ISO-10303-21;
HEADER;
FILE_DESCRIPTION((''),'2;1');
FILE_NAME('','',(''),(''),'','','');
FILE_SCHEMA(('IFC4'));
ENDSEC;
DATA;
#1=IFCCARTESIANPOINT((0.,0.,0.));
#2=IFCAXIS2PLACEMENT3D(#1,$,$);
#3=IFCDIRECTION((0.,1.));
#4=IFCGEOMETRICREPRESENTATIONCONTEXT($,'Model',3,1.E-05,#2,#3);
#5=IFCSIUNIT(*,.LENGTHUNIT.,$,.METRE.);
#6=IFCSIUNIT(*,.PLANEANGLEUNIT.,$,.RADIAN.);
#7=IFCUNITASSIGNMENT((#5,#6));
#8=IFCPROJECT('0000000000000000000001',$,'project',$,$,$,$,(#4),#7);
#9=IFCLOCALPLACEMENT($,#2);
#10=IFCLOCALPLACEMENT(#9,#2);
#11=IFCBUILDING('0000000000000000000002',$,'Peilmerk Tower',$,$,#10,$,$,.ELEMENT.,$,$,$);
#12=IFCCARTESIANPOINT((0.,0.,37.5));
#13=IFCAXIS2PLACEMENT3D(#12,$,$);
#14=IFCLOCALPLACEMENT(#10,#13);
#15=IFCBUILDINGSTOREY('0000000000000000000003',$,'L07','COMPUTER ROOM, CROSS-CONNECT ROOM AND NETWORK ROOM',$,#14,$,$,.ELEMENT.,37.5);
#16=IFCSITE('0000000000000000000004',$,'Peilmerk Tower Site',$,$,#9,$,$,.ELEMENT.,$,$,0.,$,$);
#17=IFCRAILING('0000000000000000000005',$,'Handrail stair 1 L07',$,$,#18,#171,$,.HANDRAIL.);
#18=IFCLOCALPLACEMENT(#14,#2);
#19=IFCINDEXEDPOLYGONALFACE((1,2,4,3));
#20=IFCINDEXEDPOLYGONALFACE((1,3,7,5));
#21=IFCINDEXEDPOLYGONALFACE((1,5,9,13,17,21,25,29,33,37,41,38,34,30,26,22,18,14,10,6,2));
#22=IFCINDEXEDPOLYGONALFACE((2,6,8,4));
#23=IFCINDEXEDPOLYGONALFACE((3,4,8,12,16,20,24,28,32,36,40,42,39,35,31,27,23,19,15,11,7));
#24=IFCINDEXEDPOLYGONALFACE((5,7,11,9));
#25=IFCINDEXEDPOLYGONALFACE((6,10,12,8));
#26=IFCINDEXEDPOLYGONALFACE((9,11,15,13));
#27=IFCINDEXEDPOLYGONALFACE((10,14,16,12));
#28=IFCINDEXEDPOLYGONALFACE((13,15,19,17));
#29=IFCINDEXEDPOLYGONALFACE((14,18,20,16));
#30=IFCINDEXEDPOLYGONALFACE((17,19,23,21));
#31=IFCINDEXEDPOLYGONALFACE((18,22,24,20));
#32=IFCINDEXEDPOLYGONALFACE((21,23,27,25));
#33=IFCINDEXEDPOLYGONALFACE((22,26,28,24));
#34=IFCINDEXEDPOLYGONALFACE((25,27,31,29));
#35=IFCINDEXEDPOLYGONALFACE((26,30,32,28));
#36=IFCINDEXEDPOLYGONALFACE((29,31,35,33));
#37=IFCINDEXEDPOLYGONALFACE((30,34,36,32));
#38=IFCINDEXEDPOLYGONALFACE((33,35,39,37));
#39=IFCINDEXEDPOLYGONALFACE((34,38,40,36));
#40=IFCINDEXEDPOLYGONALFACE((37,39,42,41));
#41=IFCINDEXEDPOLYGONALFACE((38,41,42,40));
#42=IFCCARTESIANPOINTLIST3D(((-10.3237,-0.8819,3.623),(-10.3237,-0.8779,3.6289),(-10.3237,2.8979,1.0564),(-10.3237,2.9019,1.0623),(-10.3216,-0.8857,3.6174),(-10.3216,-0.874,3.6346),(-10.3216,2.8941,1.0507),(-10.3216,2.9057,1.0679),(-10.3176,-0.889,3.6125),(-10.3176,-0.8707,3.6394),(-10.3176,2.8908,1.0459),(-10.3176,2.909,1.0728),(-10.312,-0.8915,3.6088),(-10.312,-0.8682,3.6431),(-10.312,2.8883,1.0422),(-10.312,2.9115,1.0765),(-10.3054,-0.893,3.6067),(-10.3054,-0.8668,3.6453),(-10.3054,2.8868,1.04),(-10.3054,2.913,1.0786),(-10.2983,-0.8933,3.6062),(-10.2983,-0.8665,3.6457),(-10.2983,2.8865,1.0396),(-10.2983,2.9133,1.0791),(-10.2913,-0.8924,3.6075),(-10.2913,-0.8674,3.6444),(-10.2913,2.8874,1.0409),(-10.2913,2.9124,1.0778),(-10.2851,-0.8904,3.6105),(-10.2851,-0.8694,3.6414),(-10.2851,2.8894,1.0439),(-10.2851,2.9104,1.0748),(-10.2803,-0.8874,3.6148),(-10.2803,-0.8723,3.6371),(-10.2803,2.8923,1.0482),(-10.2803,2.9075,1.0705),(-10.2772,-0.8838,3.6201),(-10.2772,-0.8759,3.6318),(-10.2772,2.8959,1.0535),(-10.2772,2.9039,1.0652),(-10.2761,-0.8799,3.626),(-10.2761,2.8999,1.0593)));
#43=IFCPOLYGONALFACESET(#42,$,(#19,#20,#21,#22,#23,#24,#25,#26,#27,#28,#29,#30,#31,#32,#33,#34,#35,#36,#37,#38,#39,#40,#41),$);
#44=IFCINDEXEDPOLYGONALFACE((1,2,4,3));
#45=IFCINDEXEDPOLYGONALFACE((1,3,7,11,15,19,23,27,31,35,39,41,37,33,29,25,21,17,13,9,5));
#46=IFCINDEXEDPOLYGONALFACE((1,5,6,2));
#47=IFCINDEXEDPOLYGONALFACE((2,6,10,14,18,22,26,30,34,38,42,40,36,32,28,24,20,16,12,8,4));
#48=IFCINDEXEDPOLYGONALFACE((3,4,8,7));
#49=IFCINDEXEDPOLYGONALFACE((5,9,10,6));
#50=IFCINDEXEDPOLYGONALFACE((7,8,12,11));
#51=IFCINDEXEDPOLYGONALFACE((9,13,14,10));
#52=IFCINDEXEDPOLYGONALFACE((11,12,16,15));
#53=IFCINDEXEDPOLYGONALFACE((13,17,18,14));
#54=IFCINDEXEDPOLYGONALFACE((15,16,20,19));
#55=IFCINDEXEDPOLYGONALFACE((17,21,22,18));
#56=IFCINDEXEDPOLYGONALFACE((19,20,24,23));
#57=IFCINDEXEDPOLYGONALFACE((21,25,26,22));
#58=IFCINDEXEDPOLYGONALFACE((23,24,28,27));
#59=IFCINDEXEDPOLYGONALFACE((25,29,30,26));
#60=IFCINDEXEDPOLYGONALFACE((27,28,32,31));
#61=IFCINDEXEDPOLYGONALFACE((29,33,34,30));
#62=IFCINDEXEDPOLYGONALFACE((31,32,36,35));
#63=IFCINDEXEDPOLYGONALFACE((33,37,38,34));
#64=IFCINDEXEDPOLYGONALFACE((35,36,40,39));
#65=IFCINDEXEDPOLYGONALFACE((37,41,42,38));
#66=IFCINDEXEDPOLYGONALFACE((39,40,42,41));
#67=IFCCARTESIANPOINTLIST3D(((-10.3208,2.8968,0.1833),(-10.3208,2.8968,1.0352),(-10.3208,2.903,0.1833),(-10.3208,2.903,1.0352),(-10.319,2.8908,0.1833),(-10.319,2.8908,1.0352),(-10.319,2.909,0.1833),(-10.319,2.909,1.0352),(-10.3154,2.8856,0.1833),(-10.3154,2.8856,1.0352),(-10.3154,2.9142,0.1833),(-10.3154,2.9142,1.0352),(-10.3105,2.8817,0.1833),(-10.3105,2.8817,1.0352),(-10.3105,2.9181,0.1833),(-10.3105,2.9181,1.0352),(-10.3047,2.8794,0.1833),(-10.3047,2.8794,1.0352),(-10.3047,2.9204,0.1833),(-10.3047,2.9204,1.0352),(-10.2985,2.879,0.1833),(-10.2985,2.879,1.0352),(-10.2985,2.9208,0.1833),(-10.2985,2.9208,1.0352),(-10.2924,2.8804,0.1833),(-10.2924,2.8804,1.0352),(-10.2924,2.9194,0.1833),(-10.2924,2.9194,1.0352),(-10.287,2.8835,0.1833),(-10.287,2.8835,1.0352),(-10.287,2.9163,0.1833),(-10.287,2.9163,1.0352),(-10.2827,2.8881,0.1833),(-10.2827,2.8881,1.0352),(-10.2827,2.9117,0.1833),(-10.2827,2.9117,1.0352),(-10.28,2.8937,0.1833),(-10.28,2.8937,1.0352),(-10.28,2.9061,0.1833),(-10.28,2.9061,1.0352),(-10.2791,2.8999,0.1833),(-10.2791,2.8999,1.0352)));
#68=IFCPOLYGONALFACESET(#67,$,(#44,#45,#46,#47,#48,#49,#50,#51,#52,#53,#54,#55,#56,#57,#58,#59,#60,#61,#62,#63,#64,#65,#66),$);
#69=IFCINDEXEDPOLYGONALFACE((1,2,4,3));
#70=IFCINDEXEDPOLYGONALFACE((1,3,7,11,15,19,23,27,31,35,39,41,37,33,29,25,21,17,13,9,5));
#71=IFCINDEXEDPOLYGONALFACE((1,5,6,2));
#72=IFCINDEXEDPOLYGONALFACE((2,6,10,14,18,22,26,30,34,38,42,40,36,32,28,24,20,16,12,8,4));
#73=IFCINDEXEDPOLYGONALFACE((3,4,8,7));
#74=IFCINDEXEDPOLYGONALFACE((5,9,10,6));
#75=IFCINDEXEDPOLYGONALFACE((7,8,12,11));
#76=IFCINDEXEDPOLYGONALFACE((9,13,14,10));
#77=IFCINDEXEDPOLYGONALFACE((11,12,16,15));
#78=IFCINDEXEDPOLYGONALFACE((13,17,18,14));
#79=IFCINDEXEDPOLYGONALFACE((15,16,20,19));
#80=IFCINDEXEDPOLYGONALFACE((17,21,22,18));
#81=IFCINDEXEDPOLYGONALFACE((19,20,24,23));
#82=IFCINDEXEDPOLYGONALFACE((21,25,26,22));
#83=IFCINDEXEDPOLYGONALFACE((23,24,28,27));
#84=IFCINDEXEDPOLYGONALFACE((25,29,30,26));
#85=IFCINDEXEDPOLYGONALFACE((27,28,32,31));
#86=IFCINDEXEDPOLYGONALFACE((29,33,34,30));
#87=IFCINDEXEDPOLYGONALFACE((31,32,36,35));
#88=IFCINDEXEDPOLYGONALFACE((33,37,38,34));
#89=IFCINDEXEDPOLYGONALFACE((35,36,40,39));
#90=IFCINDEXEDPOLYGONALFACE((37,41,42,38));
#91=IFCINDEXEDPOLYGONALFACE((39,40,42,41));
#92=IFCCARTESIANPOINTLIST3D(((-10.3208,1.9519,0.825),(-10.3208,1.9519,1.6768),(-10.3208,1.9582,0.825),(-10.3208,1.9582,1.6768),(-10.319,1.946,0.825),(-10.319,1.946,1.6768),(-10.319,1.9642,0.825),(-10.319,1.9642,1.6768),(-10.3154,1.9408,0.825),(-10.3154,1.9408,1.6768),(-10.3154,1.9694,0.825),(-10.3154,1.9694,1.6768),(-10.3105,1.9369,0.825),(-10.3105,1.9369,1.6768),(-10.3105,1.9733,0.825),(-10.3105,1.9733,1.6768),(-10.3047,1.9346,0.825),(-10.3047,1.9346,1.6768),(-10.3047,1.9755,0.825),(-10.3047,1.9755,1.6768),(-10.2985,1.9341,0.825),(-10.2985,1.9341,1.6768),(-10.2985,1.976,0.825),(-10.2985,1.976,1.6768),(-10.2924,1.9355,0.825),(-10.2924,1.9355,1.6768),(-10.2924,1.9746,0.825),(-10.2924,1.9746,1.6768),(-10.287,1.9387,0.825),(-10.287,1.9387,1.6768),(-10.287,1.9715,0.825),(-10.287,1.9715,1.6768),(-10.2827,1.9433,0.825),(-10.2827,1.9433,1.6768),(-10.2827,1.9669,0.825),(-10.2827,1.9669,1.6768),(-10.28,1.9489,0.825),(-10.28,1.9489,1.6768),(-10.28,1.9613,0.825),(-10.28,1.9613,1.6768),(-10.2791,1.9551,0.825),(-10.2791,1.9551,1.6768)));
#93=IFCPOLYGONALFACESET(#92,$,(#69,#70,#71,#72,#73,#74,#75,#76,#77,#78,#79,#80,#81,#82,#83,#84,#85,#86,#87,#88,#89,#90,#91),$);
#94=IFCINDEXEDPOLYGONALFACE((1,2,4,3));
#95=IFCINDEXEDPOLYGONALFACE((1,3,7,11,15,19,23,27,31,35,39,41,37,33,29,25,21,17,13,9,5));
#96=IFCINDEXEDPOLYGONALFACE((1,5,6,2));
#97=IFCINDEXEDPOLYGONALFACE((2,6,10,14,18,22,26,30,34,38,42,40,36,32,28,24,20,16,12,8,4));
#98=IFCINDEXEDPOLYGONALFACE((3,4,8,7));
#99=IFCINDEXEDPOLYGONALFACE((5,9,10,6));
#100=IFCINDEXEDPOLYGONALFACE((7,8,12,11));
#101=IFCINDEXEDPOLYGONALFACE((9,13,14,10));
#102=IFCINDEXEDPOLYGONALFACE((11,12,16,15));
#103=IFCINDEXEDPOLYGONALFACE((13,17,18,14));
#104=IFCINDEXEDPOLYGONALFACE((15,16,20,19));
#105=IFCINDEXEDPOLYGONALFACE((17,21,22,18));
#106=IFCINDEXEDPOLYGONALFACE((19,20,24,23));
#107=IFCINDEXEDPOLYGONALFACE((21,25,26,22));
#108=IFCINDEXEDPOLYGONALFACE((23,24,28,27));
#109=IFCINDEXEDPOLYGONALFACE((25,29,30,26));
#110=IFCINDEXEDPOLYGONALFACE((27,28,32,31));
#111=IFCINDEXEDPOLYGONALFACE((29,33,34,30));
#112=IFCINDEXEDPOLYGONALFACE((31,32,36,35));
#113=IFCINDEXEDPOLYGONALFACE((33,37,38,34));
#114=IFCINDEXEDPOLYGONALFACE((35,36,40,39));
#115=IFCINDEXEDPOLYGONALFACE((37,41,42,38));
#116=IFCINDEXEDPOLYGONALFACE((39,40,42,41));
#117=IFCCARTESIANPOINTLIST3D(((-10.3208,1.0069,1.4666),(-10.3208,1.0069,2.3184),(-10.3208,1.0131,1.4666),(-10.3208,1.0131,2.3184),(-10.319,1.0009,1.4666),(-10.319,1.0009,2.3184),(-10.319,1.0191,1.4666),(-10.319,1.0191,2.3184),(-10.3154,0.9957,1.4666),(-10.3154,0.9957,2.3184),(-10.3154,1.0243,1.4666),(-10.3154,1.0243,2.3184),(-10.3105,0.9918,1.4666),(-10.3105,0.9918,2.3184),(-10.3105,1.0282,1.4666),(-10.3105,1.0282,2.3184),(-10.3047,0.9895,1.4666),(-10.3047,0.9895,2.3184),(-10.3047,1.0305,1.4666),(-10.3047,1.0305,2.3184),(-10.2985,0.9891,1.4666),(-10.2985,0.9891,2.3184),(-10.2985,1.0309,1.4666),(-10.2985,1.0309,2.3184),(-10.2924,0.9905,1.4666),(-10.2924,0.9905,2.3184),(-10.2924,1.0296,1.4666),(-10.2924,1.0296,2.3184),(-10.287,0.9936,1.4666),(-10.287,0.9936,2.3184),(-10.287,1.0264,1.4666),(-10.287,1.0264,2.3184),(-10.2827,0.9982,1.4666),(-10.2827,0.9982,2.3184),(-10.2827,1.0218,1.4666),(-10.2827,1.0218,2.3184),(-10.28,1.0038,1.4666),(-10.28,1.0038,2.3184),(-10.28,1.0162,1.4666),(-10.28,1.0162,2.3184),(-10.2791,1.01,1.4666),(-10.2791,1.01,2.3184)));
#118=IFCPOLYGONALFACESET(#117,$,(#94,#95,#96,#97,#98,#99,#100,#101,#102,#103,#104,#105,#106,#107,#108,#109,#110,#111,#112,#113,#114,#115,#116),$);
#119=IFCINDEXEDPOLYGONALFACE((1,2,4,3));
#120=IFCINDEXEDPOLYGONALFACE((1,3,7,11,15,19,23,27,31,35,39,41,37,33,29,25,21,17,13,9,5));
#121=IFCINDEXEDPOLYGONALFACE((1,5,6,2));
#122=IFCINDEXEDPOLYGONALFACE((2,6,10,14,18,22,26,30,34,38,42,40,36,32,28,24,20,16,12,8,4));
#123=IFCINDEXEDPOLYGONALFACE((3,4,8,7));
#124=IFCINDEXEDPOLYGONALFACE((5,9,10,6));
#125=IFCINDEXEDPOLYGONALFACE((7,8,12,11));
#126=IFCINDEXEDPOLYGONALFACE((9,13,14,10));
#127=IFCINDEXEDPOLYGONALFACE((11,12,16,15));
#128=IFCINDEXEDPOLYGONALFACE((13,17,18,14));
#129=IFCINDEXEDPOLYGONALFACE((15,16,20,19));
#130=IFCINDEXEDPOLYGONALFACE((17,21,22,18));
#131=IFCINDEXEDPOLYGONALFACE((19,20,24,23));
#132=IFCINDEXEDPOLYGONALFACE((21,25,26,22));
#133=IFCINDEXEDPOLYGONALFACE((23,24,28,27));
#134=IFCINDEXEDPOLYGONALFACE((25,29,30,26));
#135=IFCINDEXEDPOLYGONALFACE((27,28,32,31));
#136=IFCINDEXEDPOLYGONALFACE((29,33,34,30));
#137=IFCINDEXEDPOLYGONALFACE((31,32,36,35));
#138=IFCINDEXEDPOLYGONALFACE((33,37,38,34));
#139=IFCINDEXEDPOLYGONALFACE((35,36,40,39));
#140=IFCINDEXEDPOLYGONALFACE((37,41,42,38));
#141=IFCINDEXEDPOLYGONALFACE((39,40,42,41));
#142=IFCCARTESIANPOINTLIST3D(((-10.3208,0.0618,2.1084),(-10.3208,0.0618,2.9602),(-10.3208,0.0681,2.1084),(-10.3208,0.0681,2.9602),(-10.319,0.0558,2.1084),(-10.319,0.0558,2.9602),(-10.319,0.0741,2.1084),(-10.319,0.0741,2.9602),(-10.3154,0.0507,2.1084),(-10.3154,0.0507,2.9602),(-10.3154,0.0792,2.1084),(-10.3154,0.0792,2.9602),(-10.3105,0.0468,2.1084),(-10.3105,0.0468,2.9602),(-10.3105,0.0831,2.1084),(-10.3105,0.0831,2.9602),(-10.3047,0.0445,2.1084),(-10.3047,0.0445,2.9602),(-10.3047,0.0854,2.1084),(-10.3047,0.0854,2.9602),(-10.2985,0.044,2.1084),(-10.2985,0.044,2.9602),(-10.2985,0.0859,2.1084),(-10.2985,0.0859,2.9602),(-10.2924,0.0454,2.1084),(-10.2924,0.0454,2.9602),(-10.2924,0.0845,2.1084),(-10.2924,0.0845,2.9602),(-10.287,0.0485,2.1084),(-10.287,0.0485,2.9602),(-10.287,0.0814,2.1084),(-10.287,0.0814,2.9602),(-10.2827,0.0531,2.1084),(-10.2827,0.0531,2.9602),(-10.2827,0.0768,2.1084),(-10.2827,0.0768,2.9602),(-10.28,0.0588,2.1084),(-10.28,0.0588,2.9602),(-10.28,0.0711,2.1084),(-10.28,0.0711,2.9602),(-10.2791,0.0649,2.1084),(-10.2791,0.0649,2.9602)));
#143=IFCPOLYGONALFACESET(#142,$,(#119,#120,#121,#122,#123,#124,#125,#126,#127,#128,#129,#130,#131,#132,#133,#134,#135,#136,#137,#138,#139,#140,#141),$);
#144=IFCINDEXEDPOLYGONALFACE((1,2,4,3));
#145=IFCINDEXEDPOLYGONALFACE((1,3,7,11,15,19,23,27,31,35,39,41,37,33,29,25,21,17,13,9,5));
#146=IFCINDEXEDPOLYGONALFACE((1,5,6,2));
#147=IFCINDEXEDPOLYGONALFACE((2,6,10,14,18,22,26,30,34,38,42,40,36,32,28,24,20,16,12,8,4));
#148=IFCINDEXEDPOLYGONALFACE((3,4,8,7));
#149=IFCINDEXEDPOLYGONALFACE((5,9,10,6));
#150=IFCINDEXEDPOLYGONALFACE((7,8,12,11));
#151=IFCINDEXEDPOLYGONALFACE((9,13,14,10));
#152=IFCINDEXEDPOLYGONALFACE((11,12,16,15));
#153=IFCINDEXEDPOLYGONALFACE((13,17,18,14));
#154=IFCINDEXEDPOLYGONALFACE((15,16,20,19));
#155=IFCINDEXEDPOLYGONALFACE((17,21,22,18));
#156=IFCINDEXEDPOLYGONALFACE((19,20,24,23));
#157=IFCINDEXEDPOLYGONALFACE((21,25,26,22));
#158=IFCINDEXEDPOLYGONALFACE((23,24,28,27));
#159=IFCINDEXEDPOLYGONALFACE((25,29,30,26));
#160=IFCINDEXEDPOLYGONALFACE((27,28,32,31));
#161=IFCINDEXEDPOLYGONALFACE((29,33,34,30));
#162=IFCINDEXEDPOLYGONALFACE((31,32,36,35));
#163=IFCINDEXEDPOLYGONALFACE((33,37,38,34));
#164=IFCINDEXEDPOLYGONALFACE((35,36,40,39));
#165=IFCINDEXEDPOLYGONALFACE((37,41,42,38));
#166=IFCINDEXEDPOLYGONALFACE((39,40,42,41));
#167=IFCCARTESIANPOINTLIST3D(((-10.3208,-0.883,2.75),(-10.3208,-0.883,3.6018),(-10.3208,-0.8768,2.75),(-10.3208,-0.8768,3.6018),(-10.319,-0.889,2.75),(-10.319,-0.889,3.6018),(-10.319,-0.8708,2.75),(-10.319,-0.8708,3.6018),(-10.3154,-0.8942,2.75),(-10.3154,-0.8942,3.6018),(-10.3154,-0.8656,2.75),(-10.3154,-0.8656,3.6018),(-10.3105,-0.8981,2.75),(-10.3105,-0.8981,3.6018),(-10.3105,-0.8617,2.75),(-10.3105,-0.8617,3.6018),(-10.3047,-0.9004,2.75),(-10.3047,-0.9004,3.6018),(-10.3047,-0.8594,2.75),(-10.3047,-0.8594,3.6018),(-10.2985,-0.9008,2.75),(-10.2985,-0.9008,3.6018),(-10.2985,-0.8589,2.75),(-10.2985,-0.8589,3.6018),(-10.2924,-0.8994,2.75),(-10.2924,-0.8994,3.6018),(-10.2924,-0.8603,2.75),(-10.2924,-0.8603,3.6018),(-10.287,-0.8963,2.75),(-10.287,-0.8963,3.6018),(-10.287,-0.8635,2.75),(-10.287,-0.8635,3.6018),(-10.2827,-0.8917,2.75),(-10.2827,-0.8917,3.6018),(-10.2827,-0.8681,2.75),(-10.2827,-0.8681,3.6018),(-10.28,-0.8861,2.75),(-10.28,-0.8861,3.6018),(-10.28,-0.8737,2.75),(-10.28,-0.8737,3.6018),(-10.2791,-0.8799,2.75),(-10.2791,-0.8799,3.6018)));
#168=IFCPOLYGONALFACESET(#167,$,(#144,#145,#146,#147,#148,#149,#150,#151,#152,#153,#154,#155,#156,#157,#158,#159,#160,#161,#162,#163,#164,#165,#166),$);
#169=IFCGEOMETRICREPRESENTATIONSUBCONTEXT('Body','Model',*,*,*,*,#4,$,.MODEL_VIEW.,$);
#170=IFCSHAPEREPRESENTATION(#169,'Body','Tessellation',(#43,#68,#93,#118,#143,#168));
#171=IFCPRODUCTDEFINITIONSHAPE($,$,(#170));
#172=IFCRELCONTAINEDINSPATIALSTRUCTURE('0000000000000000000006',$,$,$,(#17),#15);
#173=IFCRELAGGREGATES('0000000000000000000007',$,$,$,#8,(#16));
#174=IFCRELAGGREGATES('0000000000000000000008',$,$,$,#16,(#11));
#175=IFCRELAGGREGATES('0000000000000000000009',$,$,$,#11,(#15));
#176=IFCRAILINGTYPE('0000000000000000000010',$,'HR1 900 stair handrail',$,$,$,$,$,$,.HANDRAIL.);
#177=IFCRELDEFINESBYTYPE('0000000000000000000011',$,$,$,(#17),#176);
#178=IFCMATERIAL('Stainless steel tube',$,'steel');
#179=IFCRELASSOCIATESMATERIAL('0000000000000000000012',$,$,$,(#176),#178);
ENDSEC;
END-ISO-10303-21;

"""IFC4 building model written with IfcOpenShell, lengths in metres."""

from ifc_helpers import new_model, si_unit, direction, frame, origin, origin_2d, place, context, subcontext, project, spatial, circle, extrude, material, type_object, element, save


model = new_model("IFC4")

# Units and contexts
model_context = context("Model", 3, precision=1e-05, world=origin(), true_north=direction((0.0, 1.0)))
body_context = subcontext(model_context, "Body", "Model", "MODEL_VIEW")
ifc_project = project(units=[si_unit("LENGTHUNIT", "METRE"), si_unit("PLANEANGLEUNIT", "RADIAN")], contexts=[model_context])

# Site, building, storey
site_placement = place(None, origin())
site = spatial("IfcSite", under=ifc_project, at=site_placement, Name="Peilmerk Tower Site", CompositionType="ELEMENT", RefElevation=0.0)
building_placement = place(site_placement, origin())
building = spatial("IfcBuilding", under=site, at=building_placement, Name="Peilmerk Tower", CompositionType="ELEMENT")
storey_placement = place(building_placement, frame((0.0, 0.0, 37.5)))
storey = spatial("IfcBuildingStorey", under=building, at=storey_placement, Name="L07", Description="COMPUTER ROOM, CROSS-CONNECT ROOM AND NETWORK ROOM", CompositionType="ELEMENT", Elevation=37.5)

# Railing
ifc_material_1 = material(Name="Stainless steel tube", Category="steel")
railing_type_1 = type_object("IfcRailingType", Name="HR1 900 stair handrail", PredefinedType="HANDRAIL", material=ifc_material_1)
railing_1_placement = place(storey_placement, frame((-10.3, 2.8999, 0.1833)))
element("IfcRailing", 1, at=railing_1_placement, inside=storey, type_object=railing_type_1, Name="Handrail stair 1 L07", PredefinedType="HANDRAIL", context=body_context, shape_type="SweptSolid", body=[
    extrude(circle(Radius=0.0239, at=origin_2d()), frame((0.0, 0.0, 0.876), z_axis=(0.0, -0.827293, 0.561771), x_axis=(1.0, 0.0, 0.0)), (0.0, 0.0, 1.0), 4.5688),
    extrude(circle(Radius=0.021, at=origin_2d()), origin(), (0.0, 0.0, 1.0), 0.8518),
    extrude(circle(Radius=0.021, at=origin_2d()), frame((0.0, -0.9448, 0.6416)), (0.0, 0.0, 1.0), 0.8518),
    extrude(circle(Radius=0.021, at=origin_2d()), frame((0.0, -1.8899, 1.2832)), (0.0, 0.0, 1.0), 0.8518),
    extrude(circle(Radius=0.021, at=origin_2d()), frame((0.0, -2.835, 1.925)), (0.0, 0.0, 1.0), 0.8518),
    extrude(circle(Radius=0.021, at=origin_2d()), frame((0.0, -3.7798, 2.5667)), (0.0, 0.0, 1.0), 0.8518),
])

save(model, "model.ifc")
